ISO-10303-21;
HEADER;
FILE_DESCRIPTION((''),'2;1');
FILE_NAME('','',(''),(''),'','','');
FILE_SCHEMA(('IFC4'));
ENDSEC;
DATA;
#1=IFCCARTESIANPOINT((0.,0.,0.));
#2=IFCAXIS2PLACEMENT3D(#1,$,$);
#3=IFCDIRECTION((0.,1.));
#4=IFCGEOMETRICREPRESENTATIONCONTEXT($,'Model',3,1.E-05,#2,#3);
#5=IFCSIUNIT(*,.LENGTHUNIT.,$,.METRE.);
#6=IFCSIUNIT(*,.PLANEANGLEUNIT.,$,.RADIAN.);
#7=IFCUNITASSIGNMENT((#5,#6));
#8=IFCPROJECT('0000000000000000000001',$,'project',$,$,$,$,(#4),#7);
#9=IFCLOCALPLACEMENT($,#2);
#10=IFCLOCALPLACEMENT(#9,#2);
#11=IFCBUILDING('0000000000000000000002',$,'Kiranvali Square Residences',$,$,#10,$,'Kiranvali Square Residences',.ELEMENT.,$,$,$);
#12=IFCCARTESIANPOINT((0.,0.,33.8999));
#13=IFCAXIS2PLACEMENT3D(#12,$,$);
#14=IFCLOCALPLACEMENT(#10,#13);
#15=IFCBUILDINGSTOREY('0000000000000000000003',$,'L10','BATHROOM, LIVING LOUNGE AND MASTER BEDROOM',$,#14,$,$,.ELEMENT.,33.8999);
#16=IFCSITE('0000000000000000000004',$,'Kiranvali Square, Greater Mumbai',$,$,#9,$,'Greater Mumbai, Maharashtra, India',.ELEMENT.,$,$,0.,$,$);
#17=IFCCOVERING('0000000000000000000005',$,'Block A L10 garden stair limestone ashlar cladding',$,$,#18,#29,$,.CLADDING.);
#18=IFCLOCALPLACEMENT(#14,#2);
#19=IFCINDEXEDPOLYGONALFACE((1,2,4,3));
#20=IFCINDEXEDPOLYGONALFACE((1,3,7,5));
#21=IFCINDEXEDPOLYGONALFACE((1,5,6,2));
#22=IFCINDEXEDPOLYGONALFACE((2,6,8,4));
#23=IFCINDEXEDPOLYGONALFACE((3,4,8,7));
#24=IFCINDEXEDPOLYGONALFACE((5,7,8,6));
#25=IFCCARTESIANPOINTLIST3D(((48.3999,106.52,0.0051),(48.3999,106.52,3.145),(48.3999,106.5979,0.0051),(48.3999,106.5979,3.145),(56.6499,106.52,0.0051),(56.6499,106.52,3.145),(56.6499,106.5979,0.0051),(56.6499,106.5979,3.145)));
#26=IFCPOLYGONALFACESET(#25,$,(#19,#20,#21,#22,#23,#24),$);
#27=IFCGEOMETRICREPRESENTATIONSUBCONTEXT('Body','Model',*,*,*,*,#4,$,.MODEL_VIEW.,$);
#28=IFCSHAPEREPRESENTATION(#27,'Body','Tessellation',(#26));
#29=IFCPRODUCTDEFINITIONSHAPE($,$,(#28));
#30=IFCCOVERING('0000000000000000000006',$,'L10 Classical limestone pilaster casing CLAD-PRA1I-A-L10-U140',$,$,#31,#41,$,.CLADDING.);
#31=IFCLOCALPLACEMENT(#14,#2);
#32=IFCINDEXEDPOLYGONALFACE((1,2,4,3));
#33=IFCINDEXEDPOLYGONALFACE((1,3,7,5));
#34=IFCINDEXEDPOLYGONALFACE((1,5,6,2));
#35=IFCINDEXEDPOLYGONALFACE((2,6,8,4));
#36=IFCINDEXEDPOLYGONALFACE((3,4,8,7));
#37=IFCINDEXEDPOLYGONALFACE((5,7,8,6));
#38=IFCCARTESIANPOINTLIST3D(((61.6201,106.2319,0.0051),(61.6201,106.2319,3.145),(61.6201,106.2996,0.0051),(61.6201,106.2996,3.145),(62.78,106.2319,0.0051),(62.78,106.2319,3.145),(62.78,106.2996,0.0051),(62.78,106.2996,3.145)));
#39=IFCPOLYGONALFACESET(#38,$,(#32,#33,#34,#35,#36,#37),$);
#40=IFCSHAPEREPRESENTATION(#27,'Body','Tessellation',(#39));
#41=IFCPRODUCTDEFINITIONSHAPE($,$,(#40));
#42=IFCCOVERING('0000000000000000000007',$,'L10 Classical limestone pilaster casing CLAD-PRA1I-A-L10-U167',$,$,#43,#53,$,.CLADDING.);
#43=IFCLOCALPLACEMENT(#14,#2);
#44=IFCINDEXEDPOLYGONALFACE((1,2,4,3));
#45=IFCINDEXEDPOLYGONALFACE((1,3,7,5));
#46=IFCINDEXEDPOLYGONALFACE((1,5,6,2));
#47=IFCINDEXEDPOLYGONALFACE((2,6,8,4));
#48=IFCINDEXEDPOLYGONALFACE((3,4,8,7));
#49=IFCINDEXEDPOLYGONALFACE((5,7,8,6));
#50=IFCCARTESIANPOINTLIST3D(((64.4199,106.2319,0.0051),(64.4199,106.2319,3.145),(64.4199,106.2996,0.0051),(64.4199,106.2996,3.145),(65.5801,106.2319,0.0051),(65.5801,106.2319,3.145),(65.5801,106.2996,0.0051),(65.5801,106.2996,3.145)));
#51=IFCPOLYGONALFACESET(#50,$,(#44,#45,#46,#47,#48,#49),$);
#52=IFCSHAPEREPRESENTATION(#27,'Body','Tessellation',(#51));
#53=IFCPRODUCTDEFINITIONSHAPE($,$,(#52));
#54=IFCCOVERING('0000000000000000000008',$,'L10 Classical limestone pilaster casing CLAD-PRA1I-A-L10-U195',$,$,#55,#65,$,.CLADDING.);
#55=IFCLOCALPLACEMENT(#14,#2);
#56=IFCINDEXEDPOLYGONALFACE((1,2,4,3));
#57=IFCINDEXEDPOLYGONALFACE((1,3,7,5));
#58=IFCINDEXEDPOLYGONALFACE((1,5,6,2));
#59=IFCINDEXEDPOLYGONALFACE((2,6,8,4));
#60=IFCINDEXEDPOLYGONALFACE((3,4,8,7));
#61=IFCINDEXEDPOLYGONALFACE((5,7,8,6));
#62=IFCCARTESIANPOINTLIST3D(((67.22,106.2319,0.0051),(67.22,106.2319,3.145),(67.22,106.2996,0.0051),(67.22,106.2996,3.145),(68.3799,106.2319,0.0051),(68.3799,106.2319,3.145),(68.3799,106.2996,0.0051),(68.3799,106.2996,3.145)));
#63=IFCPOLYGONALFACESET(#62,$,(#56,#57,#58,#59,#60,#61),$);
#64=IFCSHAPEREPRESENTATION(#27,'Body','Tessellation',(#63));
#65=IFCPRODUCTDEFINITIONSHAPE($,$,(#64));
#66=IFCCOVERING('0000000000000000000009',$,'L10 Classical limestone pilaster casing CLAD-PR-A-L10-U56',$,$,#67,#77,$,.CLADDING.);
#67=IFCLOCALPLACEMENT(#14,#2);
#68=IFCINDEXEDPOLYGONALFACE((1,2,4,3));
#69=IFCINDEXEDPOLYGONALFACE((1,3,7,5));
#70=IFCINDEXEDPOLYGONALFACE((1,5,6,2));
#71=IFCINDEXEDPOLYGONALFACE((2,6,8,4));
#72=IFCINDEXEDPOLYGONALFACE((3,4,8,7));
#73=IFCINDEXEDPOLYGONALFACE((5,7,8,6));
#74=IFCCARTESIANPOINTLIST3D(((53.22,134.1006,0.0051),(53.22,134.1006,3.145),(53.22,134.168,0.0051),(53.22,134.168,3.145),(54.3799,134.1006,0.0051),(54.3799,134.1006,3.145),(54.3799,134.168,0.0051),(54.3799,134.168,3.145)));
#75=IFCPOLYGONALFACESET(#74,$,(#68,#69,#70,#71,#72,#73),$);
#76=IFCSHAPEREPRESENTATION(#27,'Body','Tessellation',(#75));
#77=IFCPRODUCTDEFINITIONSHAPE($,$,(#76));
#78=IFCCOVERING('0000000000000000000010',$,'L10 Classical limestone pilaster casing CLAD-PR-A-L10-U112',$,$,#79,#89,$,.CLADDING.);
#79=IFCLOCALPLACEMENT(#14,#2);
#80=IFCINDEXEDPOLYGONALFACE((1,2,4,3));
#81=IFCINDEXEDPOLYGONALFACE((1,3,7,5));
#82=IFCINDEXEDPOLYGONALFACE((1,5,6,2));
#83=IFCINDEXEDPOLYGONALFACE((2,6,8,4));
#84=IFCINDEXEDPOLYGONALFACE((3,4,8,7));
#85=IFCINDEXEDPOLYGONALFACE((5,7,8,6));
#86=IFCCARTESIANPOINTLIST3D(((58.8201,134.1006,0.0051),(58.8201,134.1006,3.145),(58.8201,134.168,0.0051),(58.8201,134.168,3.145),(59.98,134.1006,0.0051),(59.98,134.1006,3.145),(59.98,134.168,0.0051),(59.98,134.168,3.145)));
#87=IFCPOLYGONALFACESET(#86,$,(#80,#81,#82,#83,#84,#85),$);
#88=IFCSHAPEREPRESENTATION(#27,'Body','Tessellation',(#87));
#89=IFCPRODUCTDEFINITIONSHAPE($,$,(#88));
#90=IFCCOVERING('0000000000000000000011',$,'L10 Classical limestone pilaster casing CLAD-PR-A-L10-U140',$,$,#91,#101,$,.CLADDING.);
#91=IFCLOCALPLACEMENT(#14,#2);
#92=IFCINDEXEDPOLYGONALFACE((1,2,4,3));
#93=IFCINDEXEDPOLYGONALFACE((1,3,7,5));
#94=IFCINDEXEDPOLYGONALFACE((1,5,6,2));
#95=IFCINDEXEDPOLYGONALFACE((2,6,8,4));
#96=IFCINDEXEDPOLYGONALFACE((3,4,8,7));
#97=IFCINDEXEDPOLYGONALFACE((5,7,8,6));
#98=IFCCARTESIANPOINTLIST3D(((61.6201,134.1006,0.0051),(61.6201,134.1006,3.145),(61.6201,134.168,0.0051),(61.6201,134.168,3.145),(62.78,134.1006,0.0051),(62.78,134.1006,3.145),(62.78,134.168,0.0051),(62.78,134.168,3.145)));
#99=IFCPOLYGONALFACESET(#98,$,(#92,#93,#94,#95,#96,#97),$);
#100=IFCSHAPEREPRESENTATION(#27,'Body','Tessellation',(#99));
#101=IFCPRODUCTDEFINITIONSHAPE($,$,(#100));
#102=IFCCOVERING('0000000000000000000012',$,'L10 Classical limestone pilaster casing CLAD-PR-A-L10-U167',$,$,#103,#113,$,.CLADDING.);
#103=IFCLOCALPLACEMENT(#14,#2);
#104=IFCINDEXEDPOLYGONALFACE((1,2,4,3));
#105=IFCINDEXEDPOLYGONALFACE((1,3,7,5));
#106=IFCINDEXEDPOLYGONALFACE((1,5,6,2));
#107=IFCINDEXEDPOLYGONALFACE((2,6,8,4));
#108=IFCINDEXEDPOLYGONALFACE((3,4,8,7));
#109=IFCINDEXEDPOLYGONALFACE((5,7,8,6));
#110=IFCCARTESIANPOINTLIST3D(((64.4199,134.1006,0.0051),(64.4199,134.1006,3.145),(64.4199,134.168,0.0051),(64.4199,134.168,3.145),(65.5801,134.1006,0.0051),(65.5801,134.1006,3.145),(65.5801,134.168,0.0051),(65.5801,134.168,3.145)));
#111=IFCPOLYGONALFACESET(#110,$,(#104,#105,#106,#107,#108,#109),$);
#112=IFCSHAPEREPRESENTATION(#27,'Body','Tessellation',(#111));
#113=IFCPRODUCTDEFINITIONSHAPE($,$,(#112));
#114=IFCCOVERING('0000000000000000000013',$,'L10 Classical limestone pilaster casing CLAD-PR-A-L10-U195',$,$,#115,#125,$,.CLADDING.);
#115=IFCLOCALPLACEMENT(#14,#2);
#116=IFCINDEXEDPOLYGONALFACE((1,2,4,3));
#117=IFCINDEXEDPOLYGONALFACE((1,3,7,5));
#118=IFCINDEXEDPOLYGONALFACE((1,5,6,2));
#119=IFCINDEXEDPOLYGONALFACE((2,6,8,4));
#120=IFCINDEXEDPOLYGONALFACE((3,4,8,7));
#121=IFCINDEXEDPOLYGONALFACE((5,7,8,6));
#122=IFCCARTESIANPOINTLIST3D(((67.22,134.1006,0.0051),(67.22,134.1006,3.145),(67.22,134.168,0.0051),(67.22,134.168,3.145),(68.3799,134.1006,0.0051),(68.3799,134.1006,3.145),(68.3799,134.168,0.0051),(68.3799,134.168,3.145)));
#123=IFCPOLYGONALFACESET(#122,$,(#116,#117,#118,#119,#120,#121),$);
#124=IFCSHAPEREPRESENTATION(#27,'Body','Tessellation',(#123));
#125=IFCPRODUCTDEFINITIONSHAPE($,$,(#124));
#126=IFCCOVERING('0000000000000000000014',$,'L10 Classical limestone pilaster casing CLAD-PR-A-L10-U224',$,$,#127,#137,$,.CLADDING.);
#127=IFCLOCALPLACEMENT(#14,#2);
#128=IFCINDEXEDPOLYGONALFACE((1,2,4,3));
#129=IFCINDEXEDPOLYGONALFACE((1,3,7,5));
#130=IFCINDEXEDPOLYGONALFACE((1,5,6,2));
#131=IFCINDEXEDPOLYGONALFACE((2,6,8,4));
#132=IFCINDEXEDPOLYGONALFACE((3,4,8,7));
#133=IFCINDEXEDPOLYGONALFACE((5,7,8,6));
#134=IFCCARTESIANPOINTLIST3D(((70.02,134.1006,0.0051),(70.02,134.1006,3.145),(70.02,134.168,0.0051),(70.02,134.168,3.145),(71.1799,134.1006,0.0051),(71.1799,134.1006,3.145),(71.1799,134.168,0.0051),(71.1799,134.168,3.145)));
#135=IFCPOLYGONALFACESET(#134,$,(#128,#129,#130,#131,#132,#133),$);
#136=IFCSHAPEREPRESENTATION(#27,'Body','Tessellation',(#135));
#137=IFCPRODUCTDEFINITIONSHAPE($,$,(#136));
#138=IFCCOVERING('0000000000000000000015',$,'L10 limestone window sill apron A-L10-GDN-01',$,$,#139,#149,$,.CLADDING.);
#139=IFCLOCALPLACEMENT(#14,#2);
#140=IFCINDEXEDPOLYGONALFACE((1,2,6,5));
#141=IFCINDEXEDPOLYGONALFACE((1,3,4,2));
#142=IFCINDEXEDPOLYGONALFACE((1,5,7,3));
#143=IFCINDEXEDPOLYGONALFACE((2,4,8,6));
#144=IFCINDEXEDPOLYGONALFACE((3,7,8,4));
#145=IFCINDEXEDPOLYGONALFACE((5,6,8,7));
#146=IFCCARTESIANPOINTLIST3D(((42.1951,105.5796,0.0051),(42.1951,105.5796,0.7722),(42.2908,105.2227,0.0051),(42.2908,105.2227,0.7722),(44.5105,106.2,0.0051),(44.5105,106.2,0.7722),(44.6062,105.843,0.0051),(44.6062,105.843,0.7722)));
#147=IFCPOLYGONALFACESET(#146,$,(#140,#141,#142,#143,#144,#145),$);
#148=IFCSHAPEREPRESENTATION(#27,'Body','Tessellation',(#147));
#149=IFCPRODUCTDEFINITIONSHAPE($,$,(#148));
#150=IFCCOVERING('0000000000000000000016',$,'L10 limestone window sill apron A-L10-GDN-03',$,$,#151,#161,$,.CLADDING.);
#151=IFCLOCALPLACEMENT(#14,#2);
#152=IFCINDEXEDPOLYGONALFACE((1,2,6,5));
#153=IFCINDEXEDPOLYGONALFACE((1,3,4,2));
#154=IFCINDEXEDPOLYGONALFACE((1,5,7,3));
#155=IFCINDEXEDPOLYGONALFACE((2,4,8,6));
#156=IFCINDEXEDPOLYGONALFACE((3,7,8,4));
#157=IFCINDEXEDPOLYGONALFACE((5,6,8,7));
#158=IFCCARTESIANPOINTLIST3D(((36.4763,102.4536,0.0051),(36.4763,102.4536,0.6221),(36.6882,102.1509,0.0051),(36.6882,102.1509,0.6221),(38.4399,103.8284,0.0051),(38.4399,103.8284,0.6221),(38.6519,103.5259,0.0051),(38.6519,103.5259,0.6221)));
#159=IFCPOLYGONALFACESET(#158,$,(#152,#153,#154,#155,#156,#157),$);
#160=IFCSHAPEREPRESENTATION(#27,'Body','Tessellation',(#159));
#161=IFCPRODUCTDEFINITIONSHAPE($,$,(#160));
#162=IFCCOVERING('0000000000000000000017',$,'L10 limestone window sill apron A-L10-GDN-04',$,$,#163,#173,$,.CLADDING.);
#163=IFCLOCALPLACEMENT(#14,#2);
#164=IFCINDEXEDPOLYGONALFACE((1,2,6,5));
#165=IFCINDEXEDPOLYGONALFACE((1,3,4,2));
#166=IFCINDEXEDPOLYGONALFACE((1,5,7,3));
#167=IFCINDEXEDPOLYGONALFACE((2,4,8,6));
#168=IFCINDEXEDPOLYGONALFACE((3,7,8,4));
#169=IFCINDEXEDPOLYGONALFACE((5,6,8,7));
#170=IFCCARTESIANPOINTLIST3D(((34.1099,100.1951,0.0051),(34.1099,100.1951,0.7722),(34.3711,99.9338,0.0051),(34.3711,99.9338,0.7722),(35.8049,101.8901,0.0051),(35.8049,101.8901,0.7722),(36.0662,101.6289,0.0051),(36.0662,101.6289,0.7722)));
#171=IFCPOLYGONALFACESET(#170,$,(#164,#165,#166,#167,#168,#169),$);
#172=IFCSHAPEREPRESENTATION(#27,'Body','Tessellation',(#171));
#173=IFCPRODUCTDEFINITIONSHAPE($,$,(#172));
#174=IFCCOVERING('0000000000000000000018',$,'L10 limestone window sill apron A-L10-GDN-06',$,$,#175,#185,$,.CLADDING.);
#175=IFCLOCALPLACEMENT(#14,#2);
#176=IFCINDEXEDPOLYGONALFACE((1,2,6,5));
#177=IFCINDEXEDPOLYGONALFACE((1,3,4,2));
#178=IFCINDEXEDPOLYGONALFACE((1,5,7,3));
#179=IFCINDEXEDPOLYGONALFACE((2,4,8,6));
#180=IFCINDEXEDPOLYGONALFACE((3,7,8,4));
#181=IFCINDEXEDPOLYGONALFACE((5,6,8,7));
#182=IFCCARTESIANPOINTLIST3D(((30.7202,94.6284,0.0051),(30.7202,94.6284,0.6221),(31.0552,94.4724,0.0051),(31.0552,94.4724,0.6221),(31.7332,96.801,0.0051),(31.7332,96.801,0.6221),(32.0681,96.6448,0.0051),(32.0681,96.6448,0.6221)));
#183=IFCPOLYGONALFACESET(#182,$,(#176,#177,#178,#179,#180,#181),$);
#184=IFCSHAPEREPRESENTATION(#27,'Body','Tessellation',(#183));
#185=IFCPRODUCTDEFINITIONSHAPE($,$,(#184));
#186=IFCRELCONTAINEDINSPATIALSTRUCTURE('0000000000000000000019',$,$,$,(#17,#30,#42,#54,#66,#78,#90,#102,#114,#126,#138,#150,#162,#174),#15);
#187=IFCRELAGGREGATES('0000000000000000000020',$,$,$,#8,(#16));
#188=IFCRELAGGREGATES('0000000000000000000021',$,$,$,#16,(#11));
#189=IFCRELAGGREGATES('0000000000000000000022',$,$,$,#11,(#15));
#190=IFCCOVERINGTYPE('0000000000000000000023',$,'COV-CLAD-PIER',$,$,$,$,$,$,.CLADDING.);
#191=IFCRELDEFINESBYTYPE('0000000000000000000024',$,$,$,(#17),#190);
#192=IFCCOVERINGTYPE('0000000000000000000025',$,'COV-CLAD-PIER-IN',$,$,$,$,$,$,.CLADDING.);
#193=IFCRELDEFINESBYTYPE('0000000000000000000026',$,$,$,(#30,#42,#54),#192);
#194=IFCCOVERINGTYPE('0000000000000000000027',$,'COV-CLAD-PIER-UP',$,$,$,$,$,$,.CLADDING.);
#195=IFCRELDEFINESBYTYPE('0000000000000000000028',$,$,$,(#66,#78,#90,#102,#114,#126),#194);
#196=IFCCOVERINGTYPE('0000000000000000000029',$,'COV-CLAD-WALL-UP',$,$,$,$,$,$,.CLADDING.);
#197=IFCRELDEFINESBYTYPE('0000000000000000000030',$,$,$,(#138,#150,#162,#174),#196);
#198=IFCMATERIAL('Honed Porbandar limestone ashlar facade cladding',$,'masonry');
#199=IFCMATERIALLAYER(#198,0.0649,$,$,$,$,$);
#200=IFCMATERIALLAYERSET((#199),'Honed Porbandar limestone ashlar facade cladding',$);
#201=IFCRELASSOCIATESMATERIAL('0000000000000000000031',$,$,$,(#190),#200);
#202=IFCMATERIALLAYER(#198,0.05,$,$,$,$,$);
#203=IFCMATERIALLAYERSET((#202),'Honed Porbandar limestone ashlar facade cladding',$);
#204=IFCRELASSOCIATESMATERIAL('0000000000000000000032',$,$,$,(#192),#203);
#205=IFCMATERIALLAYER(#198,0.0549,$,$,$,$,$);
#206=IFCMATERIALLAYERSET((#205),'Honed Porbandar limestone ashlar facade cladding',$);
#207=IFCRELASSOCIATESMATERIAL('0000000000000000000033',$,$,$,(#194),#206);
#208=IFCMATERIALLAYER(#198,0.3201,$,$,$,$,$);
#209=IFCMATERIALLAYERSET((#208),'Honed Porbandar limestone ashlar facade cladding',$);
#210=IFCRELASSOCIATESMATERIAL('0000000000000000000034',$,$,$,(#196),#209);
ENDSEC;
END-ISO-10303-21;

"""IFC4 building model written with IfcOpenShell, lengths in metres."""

from ifc_helpers import new_model, si_unit, direction, frame, origin, place, context, subcontext, project, spatial, polyline, outline, extrude, material, layer, layer_set, type_object, element, save


model = new_model("IFC4")

# Units and contexts
model_context = context("Model", 3, precision=1e-05, world=origin(), true_north=direction((0.0, 1.0)))
body_context = subcontext(model_context, "Body", "Model", "MODEL_VIEW")
ifc_project = project(units=[si_unit("LENGTHUNIT", "METRE"), si_unit("PLANEANGLEUNIT", "RADIAN")], contexts=[model_context])

# Site, building, storey
site_placement = place(None, origin())
site = spatial("IfcSite", under=ifc_project, at=site_placement, Name="Kiranvali Square, Greater Mumbai", LongName="Greater Mumbai, Maharashtra, India", CompositionType="ELEMENT", RefElevation=0.0)
building_placement = place(site_placement, origin())
building = spatial("IfcBuilding", under=site, at=building_placement, Name="Kiranvali Square Residences", LongName="Kiranvali Square Residences", CompositionType="ELEMENT")
storey_placement = place(building_placement, frame((0.0, 0.0, 33.8999)))
storey = spatial("IfcBuildingStorey", under=building, at=storey_placement, Name="L10", Description="BATHROOM, LIVING LOUNGE AND MASTER BEDROOM", CompositionType="ELEMENT", Elevation=33.8999)

# Coverings
ifc_material = material(Name="Honed Porbandar limestone ashlar facade cladding", Category="masonry")
ifc_layer_1 = layer(ifc_material, 0.0649)
ifc_layer_set_1 = layer_set([ifc_layer_1], Name="Honed Porbandar limestone ashlar facade cladding")
covering_type_1 = type_object("IfcCoveringType", Name="COV-CLAD-PIER", PredefinedType="CLADDING", material=ifc_layer_set_1)
covering_1_placement = place(storey_placement, frame((0.0, 0.0, 0.0051)))
element("IfcCovering", 1, at=covering_1_placement, inside=storey, type_object=covering_type_1, Name="Block A L10 garden stair limestone ashlar cladding", PredefinedType="CLADDING", context=body_context, shape_type="SweptSolid", body=[
    extrude(outline(polyline([(48.3999, 106.52), (56.6499, 106.52), (56.6499, 106.5979), (48.3999, 106.5979), (48.3999, 106.52)])), origin(), (0.0, 0.0, 1.0), 3.1399),
])
ifc_layer_2 = layer(ifc_material, 0.05)
ifc_layer_set_2 = layer_set([ifc_layer_2], Name="Honed Porbandar limestone ashlar facade cladding")
covering_type_2 = type_object("IfcCoveringType", Name="COV-CLAD-PIER-IN", PredefinedType="CLADDING", material=ifc_layer_set_2)
covering_2_placement = place(storey_placement, frame((0.0, 0.0, 0.0051)))
element("IfcCovering", 2, at=covering_2_placement, inside=storey, type_object=covering_type_2, Name="L10 Classical limestone pilaster casing CLAD-PRA1I-A-L10-U140", PredefinedType="CLADDING", context=body_context, shape_type="SweptSolid", body=[
    extrude(outline(polyline([(61.6201, 106.2319), (62.78, 106.2319), (62.78, 106.2996), (61.6201, 106.2996), (61.6201, 106.2319)])), origin(), (0.0, 0.0, 1.0), 3.1399),
])
covering_3_placement = place(storey_placement, frame((0.0, 0.0, 0.0051)))
element("IfcCovering", 3, at=covering_3_placement, inside=storey, type_object=covering_type_2, Name="L10 Classical limestone pilaster casing CLAD-PRA1I-A-L10-U167", PredefinedType="CLADDING", context=body_context, shape_type="SweptSolid", body=[
    extrude(outline(polyline([(64.4199, 106.2319), (65.5801, 106.2319), (65.5801, 106.2996), (64.4199, 106.2996), (64.4199, 106.2319)])), origin(), (0.0, 0.0, 1.0), 3.1399),
])
covering_4_placement = place(storey_placement, frame((0.0, 0.0, 0.0051)))
element("IfcCovering", 4, at=covering_4_placement, inside=storey, type_object=covering_type_2, Name="L10 Classical limestone pilaster casing CLAD-PRA1I-A-L10-U195", PredefinedType="CLADDING", context=body_context, shape_type="SweptSolid", body=[
    extrude(outline(polyline([(67.22, 106.2319), (68.3799, 106.2319), (68.3799, 106.2996), (67.22, 106.2996), (67.22, 106.2319)])), origin(), (0.0, 0.0, 1.0), 3.1399),
])
ifc_layer_3 = layer(ifc_material, 0.0549)
ifc_layer_set_3 = layer_set([ifc_layer_3], Name="Honed Porbandar limestone ashlar facade cladding")
covering_type_3 = type_object("IfcCoveringType", Name="COV-CLAD-PIER-UP", PredefinedType="CLADDING", material=ifc_layer_set_3)
covering_5_placement = place(storey_placement, frame((0.0, 0.0, 0.0051)))
element("IfcCovering", 5, at=covering_5_placement, inside=storey, type_object=covering_type_3, Name="L10 Classical limestone pilaster casing CLAD-PR-A-L10-U56", PredefinedType="CLADDING", context=body_context, shape_type="SweptSolid", body=[
    extrude(outline(polyline([(53.22, 134.1006), (54.3799, 134.1006), (54.3799, 134.168), (53.22, 134.168), (53.22, 134.1006)])), origin(), (0.0, 0.0, 1.0), 3.1399),
])
covering_6_placement = place(storey_placement, frame((0.0, 0.0, 0.0051)))
element("IfcCovering", 6, at=covering_6_placement, inside=storey, type_object=covering_type_3, Name="L10 Classical limestone pilaster casing CLAD-PR-A-L10-U112", PredefinedType="CLADDING", context=body_context, shape_type="SweptSolid", body=[
    extrude(outline(polyline([(58.8201, 134.1006), (59.98, 134.1006), (59.98, 134.168), (58.8201, 134.168), (58.8201, 134.1006)])), origin(), (0.0, 0.0, 1.0), 3.1399),
])
covering_7_placement = place(storey_placement, frame((0.0, 0.0, 0.0051)))
element("IfcCovering", 7, at=covering_7_placement, inside=storey, type_object=covering_type_3, Name="L10 Classical limestone pilaster casing CLAD-PR-A-L10-U140", PredefinedType="CLADDING", context=body_context, shape_type="SweptSolid", body=[
    extrude(outline(polyline([(61.6201, 134.1006), (62.78, 134.1006), (62.78, 134.168), (61.6201, 134.168), (61.6201, 134.1006)])), origin(), (0.0, 0.0, 1.0), 3.1399),
])
covering_8_placement = place(storey_placement, frame((0.0, 0.0, 0.0051)))
element("IfcCovering", 8, at=covering_8_placement, inside=storey, type_object=covering_type_3, Name="L10 Classical limestone pilaster casing CLAD-PR-A-L10-U167", PredefinedType="CLADDING", context=body_context, shape_type="SweptSolid", body=[
    extrude(outline(polyline([(64.4199, 134.1006), (65.5801, 134.1006), (65.5801, 134.168), (64.4199, 134.168), (64.4199, 134.1006)])), origin(), (0.0, 0.0, 1.0), 3.1399),
])
covering_9_placement = place(storey_placement, frame((0.0, 0.0, 0.0051)))
element("IfcCovering", 9, at=covering_9_placement, inside=storey, type_object=covering_type_3, Name="L10 Classical limestone pilaster casing CLAD-PR-A-L10-U195", PredefinedType="CLADDING", context=body_context, shape_type="SweptSolid", body=[
    extrude(outline(polyline([(67.22, 134.1006), (68.3799, 134.1006), (68.3799, 134.168), (67.22, 134.168), (67.22, 134.1006)])), origin(), (0.0, 0.0, 1.0), 3.1399),
])
covering_10_placement = place(storey_placement, frame((0.0, 0.0, 0.0051)))
element("IfcCovering", 10, at=covering_10_placement, inside=storey, type_object=covering_type_3, Name="L10 Classical limestone pilaster casing CLAD-PR-A-L10-U224", PredefinedType="CLADDING", context=body_context, shape_type="SweptSolid", body=[
    extrude(outline(polyline([(70.02, 134.1006), (71.1799, 134.1006), (71.1799, 134.168), (70.02, 134.168), (70.02, 134.1006)])), origin(), (0.0, 0.0, 1.0), 3.1399),
])
ifc_layer_4 = layer(ifc_material, 0.3201)
ifc_layer_set_4 = layer_set([ifc_layer_4], Name="Honed Porbandar limestone ashlar facade cladding")
covering_type_4 = type_object("IfcCoveringType", Name="COV-CLAD-WALL-UP", PredefinedType="CLADDING", material=ifc_layer_set_4)
covering_11_placement = place(storey_placement, frame((0.0, 0.0, 0.0051)))
element("IfcCovering", 11, at=covering_11_placement, inside=storey, type_object=covering_type_4, Name="L10 limestone window sill apron A-L10-GDN-01", PredefinedType="CLADDING", context=body_context, shape_type="SweptSolid", body=[
    extrude(outline(polyline([(44.5105, 106.2), (42.1951, 105.5796), (42.2908, 105.2227), (44.6062, 105.843), (44.5105, 106.2)])), origin(), (0.0, 0.0, 1.0), 0.7671),
])
covering_12_placement = place(storey_placement, frame((0.0, 0.0, 0.0051)))
element("IfcCovering", 12, at=covering_12_placement, inside=storey, type_object=covering_type_4, Name="L10 limestone window sill apron A-L10-GDN-03", PredefinedType="CLADDING", context=body_context, shape_type="SweptSolid", body=[
    extrude(outline(polyline([(38.4399, 103.8284), (36.4763, 102.4536), (36.6882, 102.1509), (38.6519, 103.5259), (38.4399, 103.8284)])), origin(), (0.0, 0.0, 1.0), 0.6169),
])
covering_13_placement = place(storey_placement, frame((0.0, 0.0, 0.0051)))
element("IfcCovering", 13, at=covering_13_placement, inside=storey, type_object=covering_type_4, Name="L10 limestone window sill apron A-L10-GDN-04", PredefinedType="CLADDING", context=body_context, shape_type="SweptSolid", body=[
    extrude(outline(polyline([(35.8049, 101.8901), (34.1099, 100.1951), (34.3711, 99.9338), (36.0662, 101.6289), (35.8049, 101.8901)])), origin(), (0.0, 0.0, 1.0), 0.7671),
])
covering_14_placement = place(storey_placement, frame((0.0, 0.0, 0.0051)))
element("IfcCovering", 14, at=covering_14_placement, inside=storey, type_object=covering_type_4, Name="L10 limestone window sill apron A-L10-GDN-06", PredefinedType="CLADDING", context=body_context, shape_type="SweptSolid", body=[
    extrude(outline(polyline([(31.7332, 96.801), (30.7202, 94.6284), (31.0552, 94.4724), (32.0681, 96.6448), (31.7332, 96.801)])), origin(), (0.0, 0.0, 1.0), 0.6169),
])

save(model, "model.ifc")
